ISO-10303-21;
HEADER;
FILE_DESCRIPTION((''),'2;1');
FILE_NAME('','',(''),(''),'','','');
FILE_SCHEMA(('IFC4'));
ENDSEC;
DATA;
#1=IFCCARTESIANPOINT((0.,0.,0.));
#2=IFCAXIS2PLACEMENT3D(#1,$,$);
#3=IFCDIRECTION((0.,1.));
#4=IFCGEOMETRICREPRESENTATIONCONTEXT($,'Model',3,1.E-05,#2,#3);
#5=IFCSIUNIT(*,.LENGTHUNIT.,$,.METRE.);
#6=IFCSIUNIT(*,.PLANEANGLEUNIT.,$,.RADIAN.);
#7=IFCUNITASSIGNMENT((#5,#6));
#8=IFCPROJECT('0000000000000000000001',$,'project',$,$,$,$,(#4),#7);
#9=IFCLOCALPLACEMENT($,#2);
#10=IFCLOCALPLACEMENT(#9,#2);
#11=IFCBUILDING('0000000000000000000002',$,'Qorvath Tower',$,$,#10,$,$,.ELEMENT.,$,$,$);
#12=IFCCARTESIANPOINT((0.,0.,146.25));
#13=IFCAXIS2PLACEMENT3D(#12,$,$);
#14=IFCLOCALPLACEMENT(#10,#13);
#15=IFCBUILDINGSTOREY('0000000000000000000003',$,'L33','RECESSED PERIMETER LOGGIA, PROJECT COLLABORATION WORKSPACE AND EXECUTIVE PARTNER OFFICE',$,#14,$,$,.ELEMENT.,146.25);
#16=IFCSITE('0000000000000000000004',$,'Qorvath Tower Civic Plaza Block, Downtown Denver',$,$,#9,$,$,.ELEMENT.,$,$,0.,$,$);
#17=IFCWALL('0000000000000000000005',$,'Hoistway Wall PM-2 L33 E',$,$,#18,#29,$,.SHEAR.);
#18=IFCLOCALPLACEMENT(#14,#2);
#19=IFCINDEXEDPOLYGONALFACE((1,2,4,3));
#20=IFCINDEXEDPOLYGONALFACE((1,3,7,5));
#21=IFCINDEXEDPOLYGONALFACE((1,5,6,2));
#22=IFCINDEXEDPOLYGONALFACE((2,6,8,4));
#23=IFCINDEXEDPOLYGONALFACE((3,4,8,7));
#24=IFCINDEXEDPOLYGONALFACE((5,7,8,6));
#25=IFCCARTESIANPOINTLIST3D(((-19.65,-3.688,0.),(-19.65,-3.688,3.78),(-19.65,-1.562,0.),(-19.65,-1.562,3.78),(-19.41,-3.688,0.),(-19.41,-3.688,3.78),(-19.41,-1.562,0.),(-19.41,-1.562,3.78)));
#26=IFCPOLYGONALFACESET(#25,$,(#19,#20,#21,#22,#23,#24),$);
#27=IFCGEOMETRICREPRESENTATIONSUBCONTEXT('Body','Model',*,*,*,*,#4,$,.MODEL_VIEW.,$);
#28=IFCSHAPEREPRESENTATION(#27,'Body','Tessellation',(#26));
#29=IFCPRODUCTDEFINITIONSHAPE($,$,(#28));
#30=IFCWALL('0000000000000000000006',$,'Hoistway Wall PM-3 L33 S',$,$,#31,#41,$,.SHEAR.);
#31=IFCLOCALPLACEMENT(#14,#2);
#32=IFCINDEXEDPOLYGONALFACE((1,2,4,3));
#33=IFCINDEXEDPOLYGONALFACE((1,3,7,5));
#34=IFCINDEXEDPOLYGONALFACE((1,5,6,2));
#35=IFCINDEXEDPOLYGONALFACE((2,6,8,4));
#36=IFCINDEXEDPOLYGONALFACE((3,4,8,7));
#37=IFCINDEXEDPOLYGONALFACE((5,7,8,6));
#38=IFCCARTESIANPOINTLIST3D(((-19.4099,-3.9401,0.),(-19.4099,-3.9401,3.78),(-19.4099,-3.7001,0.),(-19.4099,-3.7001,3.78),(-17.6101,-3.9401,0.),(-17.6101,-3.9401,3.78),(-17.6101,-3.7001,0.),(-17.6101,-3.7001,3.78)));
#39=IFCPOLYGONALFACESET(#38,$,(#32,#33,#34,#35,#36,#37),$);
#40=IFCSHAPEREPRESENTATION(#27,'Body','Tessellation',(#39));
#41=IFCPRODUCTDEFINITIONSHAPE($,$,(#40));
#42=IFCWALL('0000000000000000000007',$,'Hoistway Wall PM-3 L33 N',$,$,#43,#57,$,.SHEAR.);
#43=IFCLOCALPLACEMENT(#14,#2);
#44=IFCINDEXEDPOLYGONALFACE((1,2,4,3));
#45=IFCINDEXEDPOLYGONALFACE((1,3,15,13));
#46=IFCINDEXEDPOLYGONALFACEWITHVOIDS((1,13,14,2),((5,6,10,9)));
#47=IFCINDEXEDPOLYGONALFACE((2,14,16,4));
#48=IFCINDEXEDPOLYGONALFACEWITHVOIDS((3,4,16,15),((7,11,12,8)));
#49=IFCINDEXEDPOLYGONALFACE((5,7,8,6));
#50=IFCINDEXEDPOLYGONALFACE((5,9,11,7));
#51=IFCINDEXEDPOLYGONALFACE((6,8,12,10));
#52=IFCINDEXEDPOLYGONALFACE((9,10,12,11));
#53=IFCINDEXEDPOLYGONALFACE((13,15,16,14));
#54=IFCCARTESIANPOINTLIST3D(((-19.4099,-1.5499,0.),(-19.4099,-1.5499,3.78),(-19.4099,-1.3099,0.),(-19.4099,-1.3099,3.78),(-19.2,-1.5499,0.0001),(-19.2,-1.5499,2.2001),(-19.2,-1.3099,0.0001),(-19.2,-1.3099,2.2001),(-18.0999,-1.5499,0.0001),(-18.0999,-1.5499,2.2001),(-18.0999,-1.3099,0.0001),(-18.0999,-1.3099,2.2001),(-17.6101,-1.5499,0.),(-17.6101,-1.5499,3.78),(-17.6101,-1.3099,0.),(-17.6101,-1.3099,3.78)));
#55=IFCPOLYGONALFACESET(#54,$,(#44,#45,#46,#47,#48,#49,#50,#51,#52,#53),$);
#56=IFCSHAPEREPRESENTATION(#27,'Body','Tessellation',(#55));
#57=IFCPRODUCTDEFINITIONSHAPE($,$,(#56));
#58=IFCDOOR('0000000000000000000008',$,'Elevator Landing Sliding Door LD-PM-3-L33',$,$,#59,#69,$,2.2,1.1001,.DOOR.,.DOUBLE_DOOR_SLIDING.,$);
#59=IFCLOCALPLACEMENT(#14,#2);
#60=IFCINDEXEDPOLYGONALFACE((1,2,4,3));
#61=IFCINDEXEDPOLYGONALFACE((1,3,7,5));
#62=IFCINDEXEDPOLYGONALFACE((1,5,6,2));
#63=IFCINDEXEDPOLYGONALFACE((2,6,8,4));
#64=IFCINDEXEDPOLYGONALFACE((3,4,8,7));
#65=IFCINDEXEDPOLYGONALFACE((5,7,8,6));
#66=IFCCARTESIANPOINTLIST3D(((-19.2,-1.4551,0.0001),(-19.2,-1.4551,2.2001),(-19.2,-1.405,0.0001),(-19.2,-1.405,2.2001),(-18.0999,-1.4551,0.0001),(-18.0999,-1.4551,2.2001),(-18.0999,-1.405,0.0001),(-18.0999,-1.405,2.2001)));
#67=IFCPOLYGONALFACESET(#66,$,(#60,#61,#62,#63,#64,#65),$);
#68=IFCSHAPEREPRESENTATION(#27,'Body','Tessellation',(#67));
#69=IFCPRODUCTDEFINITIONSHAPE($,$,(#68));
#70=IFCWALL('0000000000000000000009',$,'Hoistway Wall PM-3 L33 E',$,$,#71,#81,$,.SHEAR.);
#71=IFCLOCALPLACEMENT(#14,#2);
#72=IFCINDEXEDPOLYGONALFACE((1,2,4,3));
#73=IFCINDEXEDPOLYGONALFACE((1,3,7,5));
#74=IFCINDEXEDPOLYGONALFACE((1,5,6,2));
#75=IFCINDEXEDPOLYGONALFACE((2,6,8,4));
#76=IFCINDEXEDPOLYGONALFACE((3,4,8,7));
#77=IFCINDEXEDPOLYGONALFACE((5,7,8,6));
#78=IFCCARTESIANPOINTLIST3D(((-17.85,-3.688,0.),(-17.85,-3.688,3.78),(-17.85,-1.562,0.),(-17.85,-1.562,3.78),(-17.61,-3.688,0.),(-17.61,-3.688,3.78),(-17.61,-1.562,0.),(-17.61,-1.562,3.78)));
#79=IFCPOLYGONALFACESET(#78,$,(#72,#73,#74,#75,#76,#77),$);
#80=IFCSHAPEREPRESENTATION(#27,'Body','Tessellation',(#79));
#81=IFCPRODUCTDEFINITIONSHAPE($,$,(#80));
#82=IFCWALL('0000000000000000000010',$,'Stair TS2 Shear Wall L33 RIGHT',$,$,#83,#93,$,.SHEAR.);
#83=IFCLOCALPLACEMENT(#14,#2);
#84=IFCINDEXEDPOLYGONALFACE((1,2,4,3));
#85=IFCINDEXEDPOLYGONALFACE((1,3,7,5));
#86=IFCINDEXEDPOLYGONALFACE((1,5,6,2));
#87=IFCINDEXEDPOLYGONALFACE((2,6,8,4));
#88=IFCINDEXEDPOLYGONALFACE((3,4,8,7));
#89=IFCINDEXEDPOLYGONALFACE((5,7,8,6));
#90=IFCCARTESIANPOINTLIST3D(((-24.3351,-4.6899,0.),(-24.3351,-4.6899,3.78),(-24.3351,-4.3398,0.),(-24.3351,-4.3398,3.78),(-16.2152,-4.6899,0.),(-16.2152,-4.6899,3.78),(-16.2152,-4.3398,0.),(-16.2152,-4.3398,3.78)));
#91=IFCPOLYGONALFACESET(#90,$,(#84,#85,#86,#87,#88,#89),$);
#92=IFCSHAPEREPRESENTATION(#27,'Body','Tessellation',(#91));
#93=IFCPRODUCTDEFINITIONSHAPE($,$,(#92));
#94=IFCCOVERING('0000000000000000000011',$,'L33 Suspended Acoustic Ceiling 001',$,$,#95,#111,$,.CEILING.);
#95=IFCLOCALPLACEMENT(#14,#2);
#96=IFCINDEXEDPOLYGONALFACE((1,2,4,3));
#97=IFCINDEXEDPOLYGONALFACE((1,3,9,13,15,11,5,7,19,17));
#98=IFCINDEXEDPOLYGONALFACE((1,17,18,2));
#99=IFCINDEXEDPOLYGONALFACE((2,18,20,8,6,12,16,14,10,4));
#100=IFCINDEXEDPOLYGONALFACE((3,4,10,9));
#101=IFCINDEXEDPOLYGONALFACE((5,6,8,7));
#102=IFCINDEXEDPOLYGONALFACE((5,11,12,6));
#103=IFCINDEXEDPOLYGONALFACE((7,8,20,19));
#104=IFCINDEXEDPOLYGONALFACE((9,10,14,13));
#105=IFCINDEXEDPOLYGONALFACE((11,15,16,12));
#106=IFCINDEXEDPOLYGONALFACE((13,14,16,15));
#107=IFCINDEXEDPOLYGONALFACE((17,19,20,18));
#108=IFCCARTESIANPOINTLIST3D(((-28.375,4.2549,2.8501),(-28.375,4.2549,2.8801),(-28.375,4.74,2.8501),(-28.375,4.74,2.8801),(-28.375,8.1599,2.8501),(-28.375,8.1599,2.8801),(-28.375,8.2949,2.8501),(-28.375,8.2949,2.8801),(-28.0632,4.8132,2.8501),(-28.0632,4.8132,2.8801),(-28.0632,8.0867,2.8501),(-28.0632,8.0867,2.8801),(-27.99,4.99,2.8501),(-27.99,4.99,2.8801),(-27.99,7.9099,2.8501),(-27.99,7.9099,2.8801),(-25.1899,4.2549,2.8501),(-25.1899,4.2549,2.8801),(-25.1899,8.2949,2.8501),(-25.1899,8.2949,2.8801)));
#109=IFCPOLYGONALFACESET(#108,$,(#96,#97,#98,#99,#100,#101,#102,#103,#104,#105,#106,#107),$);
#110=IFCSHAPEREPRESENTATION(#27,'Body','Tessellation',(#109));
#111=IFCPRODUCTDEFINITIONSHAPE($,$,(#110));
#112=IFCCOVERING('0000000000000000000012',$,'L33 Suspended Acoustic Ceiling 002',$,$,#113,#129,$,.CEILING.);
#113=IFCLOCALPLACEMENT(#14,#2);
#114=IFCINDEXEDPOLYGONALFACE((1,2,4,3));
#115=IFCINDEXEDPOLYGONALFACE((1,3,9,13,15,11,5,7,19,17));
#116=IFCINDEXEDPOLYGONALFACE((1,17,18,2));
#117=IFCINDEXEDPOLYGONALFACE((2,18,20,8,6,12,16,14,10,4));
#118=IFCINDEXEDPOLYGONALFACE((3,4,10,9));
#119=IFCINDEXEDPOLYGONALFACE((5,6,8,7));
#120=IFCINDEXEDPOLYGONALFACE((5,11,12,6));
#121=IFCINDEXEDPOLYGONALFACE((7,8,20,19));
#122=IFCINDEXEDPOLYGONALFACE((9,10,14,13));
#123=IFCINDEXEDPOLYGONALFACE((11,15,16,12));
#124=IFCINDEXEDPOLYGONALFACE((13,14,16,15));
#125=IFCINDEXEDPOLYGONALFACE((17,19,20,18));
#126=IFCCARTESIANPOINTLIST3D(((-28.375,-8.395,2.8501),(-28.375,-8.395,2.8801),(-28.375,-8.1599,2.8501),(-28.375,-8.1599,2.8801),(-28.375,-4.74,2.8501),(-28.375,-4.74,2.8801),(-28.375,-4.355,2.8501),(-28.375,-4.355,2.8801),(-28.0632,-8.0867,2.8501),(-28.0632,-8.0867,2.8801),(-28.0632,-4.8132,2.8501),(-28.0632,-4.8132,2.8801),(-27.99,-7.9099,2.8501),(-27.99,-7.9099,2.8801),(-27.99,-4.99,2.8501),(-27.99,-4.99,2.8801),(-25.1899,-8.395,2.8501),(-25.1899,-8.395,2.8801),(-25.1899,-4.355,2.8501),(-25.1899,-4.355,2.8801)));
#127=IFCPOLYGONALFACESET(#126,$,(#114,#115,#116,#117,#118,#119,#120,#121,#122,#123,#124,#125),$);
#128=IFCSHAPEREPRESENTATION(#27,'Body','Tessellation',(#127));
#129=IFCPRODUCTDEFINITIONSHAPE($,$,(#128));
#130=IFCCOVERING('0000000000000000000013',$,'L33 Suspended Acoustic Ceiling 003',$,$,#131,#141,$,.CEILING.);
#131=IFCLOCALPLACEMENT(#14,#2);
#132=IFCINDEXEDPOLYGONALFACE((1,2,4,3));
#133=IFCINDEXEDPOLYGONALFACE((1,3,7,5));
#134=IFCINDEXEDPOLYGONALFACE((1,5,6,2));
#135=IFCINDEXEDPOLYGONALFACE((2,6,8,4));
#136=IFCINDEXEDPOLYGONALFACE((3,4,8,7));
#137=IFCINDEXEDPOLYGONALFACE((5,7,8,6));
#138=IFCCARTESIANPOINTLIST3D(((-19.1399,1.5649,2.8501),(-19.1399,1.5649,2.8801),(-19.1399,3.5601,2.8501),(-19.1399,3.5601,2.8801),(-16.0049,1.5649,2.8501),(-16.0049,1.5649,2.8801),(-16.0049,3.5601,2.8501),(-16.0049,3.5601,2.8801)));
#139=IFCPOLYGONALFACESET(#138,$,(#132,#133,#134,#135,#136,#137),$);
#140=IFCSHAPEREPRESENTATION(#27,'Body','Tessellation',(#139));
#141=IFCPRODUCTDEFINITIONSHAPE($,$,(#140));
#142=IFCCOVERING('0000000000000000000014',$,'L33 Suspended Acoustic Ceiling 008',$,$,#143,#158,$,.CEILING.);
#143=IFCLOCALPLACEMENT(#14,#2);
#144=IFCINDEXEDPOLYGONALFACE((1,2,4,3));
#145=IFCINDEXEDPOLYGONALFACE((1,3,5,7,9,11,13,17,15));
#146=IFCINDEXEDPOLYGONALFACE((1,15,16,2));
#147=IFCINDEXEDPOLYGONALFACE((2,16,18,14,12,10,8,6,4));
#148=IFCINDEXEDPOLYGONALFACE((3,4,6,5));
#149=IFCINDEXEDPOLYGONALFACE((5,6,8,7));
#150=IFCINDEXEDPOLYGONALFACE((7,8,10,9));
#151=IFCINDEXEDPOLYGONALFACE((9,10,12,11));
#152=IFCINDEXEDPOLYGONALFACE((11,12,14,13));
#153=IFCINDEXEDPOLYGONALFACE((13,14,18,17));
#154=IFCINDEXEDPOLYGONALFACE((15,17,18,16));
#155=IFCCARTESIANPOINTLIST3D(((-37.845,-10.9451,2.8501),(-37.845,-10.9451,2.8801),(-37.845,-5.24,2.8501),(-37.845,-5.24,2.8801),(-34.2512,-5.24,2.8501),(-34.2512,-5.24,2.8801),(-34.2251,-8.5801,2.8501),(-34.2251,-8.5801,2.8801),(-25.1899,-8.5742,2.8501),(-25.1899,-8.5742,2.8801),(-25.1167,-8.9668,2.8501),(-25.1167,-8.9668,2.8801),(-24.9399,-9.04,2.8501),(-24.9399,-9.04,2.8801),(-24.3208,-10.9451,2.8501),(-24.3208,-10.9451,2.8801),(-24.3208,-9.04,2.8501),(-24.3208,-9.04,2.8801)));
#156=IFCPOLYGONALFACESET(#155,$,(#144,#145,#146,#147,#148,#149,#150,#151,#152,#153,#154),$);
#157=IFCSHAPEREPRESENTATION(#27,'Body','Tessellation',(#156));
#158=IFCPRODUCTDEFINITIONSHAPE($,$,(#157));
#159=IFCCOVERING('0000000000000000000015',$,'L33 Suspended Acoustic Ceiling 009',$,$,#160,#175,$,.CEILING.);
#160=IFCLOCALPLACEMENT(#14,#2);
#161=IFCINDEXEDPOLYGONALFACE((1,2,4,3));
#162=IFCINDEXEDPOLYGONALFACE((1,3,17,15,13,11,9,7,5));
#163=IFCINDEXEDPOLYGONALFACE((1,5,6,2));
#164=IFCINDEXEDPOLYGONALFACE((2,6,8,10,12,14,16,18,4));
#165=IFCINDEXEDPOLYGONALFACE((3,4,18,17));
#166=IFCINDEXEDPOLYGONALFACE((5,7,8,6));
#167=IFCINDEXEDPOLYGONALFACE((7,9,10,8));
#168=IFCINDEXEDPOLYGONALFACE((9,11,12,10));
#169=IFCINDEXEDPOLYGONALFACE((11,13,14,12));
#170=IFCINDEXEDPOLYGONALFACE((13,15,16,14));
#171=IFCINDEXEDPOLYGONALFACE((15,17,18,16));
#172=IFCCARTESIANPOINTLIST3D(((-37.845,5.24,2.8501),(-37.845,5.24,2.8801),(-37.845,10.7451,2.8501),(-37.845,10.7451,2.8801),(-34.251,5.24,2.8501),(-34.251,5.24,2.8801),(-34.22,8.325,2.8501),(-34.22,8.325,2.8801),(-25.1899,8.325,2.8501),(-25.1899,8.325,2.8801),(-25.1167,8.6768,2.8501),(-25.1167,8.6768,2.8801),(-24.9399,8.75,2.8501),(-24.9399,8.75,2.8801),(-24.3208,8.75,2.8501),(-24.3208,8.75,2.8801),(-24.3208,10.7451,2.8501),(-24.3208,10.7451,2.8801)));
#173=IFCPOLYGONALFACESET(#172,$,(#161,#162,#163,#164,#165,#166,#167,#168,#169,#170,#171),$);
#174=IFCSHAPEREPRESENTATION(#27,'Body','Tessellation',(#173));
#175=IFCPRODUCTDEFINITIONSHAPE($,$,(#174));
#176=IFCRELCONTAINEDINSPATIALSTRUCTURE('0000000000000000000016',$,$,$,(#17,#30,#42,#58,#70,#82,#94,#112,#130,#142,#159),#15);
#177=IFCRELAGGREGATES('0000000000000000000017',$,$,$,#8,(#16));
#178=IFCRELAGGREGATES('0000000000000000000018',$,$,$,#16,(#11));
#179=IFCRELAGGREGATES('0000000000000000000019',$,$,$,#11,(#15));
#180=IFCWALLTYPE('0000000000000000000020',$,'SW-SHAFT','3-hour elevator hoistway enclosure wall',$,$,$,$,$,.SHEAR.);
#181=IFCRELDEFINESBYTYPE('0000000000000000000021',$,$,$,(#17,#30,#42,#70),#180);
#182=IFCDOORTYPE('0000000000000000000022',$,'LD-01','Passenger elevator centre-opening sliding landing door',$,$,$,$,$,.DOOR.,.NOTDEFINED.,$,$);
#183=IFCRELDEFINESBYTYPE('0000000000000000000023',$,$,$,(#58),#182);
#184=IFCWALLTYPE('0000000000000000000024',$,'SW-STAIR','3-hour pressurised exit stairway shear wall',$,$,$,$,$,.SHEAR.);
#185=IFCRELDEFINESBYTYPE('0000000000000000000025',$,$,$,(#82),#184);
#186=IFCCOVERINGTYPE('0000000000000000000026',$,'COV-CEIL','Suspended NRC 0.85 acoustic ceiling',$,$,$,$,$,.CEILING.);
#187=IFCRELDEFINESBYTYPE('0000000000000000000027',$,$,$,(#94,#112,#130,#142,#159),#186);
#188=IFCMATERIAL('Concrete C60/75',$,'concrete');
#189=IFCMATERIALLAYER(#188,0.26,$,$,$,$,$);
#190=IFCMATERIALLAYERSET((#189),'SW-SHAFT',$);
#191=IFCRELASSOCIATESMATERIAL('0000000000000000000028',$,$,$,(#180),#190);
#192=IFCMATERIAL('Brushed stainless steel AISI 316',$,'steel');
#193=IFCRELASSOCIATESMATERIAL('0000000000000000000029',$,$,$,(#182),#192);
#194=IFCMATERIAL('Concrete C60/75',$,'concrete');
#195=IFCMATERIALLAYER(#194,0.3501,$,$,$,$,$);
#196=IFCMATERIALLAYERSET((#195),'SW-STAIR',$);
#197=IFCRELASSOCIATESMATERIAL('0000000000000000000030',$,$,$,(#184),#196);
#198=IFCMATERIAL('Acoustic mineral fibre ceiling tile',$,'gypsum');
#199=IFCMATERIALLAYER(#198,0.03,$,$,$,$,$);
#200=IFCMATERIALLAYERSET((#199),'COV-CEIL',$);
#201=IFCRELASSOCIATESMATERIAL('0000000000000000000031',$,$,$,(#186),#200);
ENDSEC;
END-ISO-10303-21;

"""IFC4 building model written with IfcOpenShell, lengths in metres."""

from ifc_helpers import new_model, si_unit, direction, frame, frame_2d, origin, place, context, subcontext, project, spatial, polyline, rectangle, outline, extrude, material, layer, layer_set, type_object, element, fill, save


model = new_model("IFC4")

# Units and contexts
model_context = context("Model", 3, precision=1e-05, world=origin(), true_north=direction((0.0, 1.0)))
body_context = subcontext(model_context, "Body", "Model", "MODEL_VIEW")
ifc_project = project(units=[si_unit("LENGTHUNIT", "METRE"), si_unit("PLANEANGLEUNIT", "RADIAN")], contexts=[model_context])

# Site, building, storey
site_placement = place(None, origin())
site = spatial("IfcSite", under=ifc_project, at=site_placement, Name="Qorvath Tower Civic Plaza Block, Downtown Denver", CompositionType="ELEMENT", RefElevation=0.0)
building_placement = place(site_placement, origin())
building = spatial("IfcBuilding", under=site, at=building_placement, Name="Qorvath Tower", CompositionType="ELEMENT")
storey_placement = place(building_placement, frame((0.0, 0.0, 146.25)))
storey = spatial("IfcBuildingStorey", under=building, at=storey_placement, Name="L33", Description="RECESSED PERIMETER LOGGIA, PROJECT COLLABORATION WORKSPACE AND EXECUTIVE PARTNER OFFICE", CompositionType="ELEMENT", Elevation=146.25)

# Walls
ifc_material_1 = material(Name="Concrete C60/75", Category="concrete")
ifc_layer_1 = layer(ifc_material_1, 0.26)
ifc_layer_set_1 = layer_set([ifc_layer_1], Name="SW-SHAFT")
wall_type_1 = type_object("IfcWallType", Name="SW-SHAFT", Description="3-hour elevator hoistway enclosure wall", PredefinedType="SHEAR", material=ifc_layer_set_1)
wall_1_placement = place(storey_placement, frame((-19.53, -1.562, 0.0), z_axis=(0.0, 0.0, 1.0), x_axis=(0.0, -1.0, 0.0)))
element("IfcWall", 1, at=wall_1_placement, inside=storey, type_object=wall_type_1, Name="Hoistway Wall PM-2 L33 E", PredefinedType="SHEAR", context=body_context, shape_type="SweptSolid", body=[
    extrude(rectangle(XDim=2.126, YDim=0.24, at=frame_2d((1.063, 0.0))), origin(), (0.0, 0.0, 1.0), 3.78),
])
wall_2_placement = place(storey_placement, frame((-17.6101, -3.8201, 0.0), z_axis=(0.0, 0.0, 1.0), x_axis=(-1.0, 0.0, 0.0)))
element("IfcWall", 2, at=wall_2_placement, inside=storey, type_object=wall_type_1, Name="Hoistway Wall PM-3 L33 S", PredefinedType="SHEAR", context=body_context, shape_type="SweptSolid", body=[
    extrude(rectangle(XDim=1.7998, YDim=0.24, at=frame_2d((0.8999, 0.0))), origin(), (0.0, 0.0, 1.0), 3.78),
])

# Wall, opening, door
wall_3_placement = place(storey_placement, frame((-19.4099, -1.4299, 0.0), z_axis=(0.0, 0.0, 1.0), x_axis=(1.0, 0.0, 0.0)))
wall_3 = element("IfcWall", 3, at=wall_3_placement, inside=storey, type_object=wall_type_1, Name="Hoistway Wall PM-3 L33 N", PredefinedType="SHEAR", context=body_context, shape_type="SweptSolid", body=[
    extrude(rectangle(XDim=1.7998, YDim=0.24, at=frame_2d((0.8999, 0.0))), origin(), (0.0, 0.0, 1.0), 3.78),
])
opening_placement = place(wall_3_placement, frame((0.21, 0.0, 0.0)))
opening = element("IfcOpeningElement", 4, at=opening_placement, cuts=wall_3, PredefinedType="OPENING", context=body_context, shape_type="SweptSolid", body=[
    extrude(rectangle(XDim=1.1001, YDim=2.2, at=frame_2d((0.55, 1.1001))), frame((0.0, 0.1299, 0.0), z_axis=(0.0, -1.0, 0.0), x_axis=(1.0, 0.0, 0.0)), (0.0, 0.0, 1.0), 0.26),
])
ifc_material_2 = material(Name="Brushed stainless steel AISI 316", Category="steel")
door_type = type_object("IfcDoorType", Name="LD-01", Description="Passenger elevator centre-opening sliding landing door", OperationType="NOTDEFINED", PredefinedType="DOOR", material=ifc_material_2)
door_placement = place(opening_placement, origin())
door = element("IfcDoor", 5, at=door_placement, inside=storey, type_object=door_type, Name="Elevator Landing Sliding Door LD-PM-3-L33", OperationType="DOUBLE_DOOR_SLIDING", OverallHeight=2.2, OverallWidth=1.1001, PredefinedType="DOOR", context=body_context, shape_type="SweptSolid", body=[
    extrude(rectangle(XDim=1.1001, YDim=2.2, at=frame_2d((0.55, 1.1001))), frame((0.0, 0.0249, 0.0), z_axis=(0.0, -1.0, 0.0), x_axis=(1.0, 0.0, 0.0)), (0.0, 0.0, 1.0), 0.05),
])
fill(opening, door)

# Walls
wall_4_placement = place(storey_placement, frame((-17.73, -1.562, 0.0), z_axis=(0.0, 0.0, 1.0), x_axis=(0.0, -1.0, 0.0)))
element("IfcWall", 6, at=wall_4_placement, inside=storey, type_object=wall_type_1, Name="Hoistway Wall PM-3 L33 E", PredefinedType="SHEAR", context=body_context, shape_type="SweptSolid", body=[
    extrude(rectangle(XDim=2.126, YDim=0.24, at=frame_2d((1.063, 0.0))), origin(), (0.0, 0.0, 1.0), 3.78),
])
ifc_material_3 = material(Name="Concrete C60/75", Category="concrete")
ifc_layer_2 = layer(ifc_material_3, 0.3501)
ifc_layer_set_2 = layer_set([ifc_layer_2], Name="SW-STAIR")
wall_type_2 = type_object("IfcWallType", Name="SW-STAIR", Description="3-hour pressurised exit stairway shear wall", PredefinedType="SHEAR", material=ifc_layer_set_2)
wall_5_placement = place(storey_placement, frame((-16.2151, -4.5149, 0.0), z_axis=(0.0, 0.0, 1.0), x_axis=(-1.0, 0.0, 0.0)))
element("IfcWall", 7, at=wall_5_placement, inside=storey, type_object=wall_type_2, Name="Stair TS2 Shear Wall L33 RIGHT", PredefinedType="SHEAR", context=body_context, shape_type="SweptSolid", body=[
    extrude(rectangle(XDim=8.1199, YDim=0.3501, at=frame_2d((4.0601, 0.0))), origin(), (0.0, 0.0, 1.0), 3.78),
])

# Coverings
ifc_material_4 = material(Name="Acoustic mineral fibre ceiling tile", Category="gypsum")
ifc_layer_3 = layer(ifc_material_4, 0.03)
ifc_layer_set_3 = layer_set([ifc_layer_3], Name="COV-CEIL")
covering_type_1 = type_object("IfcCoveringType", Name="COV-CEIL", Description="Suspended NRC 0.85 acoustic ceiling", PredefinedType="CEILING", material=ifc_layer_set_3)
covering_1_placement = place(storey_placement, frame((0.0, 0.0, 2.8501)))
element("IfcCovering", 8, at=covering_1_placement, inside=storey, type_object=covering_type_1, Name="L33 Suspended Acoustic Ceiling 001", PredefinedType="CEILING", context=body_context, shape_type="SweptSolid", body=[
    extrude(outline(polyline([(-25.1899, 4.2549), (-25.1899, 8.2949), (-28.375, 8.2949), (-28.375, 8.1599), (-28.0632, 8.0867), (-27.99, 7.9099), (-27.99, 4.99), (-28.0632, 4.8132), (-28.375, 4.74), (-28.375, 4.2549), (-25.1899, 4.2549)])), origin(), (0.0, 0.0, 1.0), 0.03),
])
covering_2_placement = place(storey_placement, frame((0.0, 0.0, 2.8501)))
element("IfcCovering", 9, at=covering_2_placement, inside=storey, type_object=covering_type_1, Name="L33 Suspended Acoustic Ceiling 002", PredefinedType="CEILING", context=body_context, shape_type="SweptSolid", body=[
    extrude(outline(polyline([(-25.1899, -8.395), (-25.1899, -4.355), (-28.375, -4.355), (-28.375, -4.74), (-28.0632, -4.8132), (-27.99, -4.99), (-27.99, -7.9099), (-28.0632, -8.0867), (-28.375, -8.1599), (-28.375, -8.395), (-25.1899, -8.395)])), origin(), (0.0, 0.0, 1.0), 0.03),
])
covering_3_placement = place(storey_placement, frame((0.0, 0.0, 2.8501)))
element("IfcCovering", 10, at=covering_3_placement, inside=storey, type_object=covering_type_1, Name="L33 Suspended Acoustic Ceiling 003", PredefinedType="CEILING", context=body_context, shape_type="SweptSolid", body=[
    extrude(outline(polyline([(-16.0049, 3.5601), (-19.1399, 3.5601), (-19.1399, 1.5649), (-16.0049, 1.5649), (-16.0049, 3.5601)])), origin(), (0.0, 0.0, 1.0), 0.03),
])
covering_4_placement = place(storey_placement, frame((0.0, 0.0, 2.8501)))
element("IfcCovering", 11, at=covering_4_placement, inside=storey, type_object=covering_type_1, Name="L33 Suspended Acoustic Ceiling 008", PredefinedType="CEILING", context=body_context, shape_type="SweptSolid", body=[
    extrude(outline(polyline([(-34.2251, -8.5801), (-34.2512, -5.24), (-37.845, -5.24), (-37.845, -10.9451), (-24.3208, -10.9451), (-24.3208, -9.04), (-24.9399, -9.04), (-25.1167, -8.9668), (-25.1899, -8.5742), (-34.2251, -8.5801)])), origin(), (0.0, 0.0, 1.0), 0.03),
])
covering_5_placement = place(storey_placement, frame((0.0, 0.0, 2.8501)))
element("IfcCovering", 12, at=covering_5_placement, inside=storey, type_object=covering_type_1, Name="L33 Suspended Acoustic Ceiling 009", PredefinedType="CEILING", context=body_context, shape_type="SweptSolid", body=[
    extrude(outline(polyline([(-24.3208, 8.75), (-24.3208, 10.7451), (-37.845, 10.7451), (-37.845, 5.24), (-34.251, 5.24), (-34.22, 8.325), (-25.1899, 8.325), (-25.1167, 8.6768), (-24.9399, 8.75), (-24.3208, 8.75)])), origin(), (0.0, 0.0, 1.0), 0.03),
])

save(model, "model.ifc")
